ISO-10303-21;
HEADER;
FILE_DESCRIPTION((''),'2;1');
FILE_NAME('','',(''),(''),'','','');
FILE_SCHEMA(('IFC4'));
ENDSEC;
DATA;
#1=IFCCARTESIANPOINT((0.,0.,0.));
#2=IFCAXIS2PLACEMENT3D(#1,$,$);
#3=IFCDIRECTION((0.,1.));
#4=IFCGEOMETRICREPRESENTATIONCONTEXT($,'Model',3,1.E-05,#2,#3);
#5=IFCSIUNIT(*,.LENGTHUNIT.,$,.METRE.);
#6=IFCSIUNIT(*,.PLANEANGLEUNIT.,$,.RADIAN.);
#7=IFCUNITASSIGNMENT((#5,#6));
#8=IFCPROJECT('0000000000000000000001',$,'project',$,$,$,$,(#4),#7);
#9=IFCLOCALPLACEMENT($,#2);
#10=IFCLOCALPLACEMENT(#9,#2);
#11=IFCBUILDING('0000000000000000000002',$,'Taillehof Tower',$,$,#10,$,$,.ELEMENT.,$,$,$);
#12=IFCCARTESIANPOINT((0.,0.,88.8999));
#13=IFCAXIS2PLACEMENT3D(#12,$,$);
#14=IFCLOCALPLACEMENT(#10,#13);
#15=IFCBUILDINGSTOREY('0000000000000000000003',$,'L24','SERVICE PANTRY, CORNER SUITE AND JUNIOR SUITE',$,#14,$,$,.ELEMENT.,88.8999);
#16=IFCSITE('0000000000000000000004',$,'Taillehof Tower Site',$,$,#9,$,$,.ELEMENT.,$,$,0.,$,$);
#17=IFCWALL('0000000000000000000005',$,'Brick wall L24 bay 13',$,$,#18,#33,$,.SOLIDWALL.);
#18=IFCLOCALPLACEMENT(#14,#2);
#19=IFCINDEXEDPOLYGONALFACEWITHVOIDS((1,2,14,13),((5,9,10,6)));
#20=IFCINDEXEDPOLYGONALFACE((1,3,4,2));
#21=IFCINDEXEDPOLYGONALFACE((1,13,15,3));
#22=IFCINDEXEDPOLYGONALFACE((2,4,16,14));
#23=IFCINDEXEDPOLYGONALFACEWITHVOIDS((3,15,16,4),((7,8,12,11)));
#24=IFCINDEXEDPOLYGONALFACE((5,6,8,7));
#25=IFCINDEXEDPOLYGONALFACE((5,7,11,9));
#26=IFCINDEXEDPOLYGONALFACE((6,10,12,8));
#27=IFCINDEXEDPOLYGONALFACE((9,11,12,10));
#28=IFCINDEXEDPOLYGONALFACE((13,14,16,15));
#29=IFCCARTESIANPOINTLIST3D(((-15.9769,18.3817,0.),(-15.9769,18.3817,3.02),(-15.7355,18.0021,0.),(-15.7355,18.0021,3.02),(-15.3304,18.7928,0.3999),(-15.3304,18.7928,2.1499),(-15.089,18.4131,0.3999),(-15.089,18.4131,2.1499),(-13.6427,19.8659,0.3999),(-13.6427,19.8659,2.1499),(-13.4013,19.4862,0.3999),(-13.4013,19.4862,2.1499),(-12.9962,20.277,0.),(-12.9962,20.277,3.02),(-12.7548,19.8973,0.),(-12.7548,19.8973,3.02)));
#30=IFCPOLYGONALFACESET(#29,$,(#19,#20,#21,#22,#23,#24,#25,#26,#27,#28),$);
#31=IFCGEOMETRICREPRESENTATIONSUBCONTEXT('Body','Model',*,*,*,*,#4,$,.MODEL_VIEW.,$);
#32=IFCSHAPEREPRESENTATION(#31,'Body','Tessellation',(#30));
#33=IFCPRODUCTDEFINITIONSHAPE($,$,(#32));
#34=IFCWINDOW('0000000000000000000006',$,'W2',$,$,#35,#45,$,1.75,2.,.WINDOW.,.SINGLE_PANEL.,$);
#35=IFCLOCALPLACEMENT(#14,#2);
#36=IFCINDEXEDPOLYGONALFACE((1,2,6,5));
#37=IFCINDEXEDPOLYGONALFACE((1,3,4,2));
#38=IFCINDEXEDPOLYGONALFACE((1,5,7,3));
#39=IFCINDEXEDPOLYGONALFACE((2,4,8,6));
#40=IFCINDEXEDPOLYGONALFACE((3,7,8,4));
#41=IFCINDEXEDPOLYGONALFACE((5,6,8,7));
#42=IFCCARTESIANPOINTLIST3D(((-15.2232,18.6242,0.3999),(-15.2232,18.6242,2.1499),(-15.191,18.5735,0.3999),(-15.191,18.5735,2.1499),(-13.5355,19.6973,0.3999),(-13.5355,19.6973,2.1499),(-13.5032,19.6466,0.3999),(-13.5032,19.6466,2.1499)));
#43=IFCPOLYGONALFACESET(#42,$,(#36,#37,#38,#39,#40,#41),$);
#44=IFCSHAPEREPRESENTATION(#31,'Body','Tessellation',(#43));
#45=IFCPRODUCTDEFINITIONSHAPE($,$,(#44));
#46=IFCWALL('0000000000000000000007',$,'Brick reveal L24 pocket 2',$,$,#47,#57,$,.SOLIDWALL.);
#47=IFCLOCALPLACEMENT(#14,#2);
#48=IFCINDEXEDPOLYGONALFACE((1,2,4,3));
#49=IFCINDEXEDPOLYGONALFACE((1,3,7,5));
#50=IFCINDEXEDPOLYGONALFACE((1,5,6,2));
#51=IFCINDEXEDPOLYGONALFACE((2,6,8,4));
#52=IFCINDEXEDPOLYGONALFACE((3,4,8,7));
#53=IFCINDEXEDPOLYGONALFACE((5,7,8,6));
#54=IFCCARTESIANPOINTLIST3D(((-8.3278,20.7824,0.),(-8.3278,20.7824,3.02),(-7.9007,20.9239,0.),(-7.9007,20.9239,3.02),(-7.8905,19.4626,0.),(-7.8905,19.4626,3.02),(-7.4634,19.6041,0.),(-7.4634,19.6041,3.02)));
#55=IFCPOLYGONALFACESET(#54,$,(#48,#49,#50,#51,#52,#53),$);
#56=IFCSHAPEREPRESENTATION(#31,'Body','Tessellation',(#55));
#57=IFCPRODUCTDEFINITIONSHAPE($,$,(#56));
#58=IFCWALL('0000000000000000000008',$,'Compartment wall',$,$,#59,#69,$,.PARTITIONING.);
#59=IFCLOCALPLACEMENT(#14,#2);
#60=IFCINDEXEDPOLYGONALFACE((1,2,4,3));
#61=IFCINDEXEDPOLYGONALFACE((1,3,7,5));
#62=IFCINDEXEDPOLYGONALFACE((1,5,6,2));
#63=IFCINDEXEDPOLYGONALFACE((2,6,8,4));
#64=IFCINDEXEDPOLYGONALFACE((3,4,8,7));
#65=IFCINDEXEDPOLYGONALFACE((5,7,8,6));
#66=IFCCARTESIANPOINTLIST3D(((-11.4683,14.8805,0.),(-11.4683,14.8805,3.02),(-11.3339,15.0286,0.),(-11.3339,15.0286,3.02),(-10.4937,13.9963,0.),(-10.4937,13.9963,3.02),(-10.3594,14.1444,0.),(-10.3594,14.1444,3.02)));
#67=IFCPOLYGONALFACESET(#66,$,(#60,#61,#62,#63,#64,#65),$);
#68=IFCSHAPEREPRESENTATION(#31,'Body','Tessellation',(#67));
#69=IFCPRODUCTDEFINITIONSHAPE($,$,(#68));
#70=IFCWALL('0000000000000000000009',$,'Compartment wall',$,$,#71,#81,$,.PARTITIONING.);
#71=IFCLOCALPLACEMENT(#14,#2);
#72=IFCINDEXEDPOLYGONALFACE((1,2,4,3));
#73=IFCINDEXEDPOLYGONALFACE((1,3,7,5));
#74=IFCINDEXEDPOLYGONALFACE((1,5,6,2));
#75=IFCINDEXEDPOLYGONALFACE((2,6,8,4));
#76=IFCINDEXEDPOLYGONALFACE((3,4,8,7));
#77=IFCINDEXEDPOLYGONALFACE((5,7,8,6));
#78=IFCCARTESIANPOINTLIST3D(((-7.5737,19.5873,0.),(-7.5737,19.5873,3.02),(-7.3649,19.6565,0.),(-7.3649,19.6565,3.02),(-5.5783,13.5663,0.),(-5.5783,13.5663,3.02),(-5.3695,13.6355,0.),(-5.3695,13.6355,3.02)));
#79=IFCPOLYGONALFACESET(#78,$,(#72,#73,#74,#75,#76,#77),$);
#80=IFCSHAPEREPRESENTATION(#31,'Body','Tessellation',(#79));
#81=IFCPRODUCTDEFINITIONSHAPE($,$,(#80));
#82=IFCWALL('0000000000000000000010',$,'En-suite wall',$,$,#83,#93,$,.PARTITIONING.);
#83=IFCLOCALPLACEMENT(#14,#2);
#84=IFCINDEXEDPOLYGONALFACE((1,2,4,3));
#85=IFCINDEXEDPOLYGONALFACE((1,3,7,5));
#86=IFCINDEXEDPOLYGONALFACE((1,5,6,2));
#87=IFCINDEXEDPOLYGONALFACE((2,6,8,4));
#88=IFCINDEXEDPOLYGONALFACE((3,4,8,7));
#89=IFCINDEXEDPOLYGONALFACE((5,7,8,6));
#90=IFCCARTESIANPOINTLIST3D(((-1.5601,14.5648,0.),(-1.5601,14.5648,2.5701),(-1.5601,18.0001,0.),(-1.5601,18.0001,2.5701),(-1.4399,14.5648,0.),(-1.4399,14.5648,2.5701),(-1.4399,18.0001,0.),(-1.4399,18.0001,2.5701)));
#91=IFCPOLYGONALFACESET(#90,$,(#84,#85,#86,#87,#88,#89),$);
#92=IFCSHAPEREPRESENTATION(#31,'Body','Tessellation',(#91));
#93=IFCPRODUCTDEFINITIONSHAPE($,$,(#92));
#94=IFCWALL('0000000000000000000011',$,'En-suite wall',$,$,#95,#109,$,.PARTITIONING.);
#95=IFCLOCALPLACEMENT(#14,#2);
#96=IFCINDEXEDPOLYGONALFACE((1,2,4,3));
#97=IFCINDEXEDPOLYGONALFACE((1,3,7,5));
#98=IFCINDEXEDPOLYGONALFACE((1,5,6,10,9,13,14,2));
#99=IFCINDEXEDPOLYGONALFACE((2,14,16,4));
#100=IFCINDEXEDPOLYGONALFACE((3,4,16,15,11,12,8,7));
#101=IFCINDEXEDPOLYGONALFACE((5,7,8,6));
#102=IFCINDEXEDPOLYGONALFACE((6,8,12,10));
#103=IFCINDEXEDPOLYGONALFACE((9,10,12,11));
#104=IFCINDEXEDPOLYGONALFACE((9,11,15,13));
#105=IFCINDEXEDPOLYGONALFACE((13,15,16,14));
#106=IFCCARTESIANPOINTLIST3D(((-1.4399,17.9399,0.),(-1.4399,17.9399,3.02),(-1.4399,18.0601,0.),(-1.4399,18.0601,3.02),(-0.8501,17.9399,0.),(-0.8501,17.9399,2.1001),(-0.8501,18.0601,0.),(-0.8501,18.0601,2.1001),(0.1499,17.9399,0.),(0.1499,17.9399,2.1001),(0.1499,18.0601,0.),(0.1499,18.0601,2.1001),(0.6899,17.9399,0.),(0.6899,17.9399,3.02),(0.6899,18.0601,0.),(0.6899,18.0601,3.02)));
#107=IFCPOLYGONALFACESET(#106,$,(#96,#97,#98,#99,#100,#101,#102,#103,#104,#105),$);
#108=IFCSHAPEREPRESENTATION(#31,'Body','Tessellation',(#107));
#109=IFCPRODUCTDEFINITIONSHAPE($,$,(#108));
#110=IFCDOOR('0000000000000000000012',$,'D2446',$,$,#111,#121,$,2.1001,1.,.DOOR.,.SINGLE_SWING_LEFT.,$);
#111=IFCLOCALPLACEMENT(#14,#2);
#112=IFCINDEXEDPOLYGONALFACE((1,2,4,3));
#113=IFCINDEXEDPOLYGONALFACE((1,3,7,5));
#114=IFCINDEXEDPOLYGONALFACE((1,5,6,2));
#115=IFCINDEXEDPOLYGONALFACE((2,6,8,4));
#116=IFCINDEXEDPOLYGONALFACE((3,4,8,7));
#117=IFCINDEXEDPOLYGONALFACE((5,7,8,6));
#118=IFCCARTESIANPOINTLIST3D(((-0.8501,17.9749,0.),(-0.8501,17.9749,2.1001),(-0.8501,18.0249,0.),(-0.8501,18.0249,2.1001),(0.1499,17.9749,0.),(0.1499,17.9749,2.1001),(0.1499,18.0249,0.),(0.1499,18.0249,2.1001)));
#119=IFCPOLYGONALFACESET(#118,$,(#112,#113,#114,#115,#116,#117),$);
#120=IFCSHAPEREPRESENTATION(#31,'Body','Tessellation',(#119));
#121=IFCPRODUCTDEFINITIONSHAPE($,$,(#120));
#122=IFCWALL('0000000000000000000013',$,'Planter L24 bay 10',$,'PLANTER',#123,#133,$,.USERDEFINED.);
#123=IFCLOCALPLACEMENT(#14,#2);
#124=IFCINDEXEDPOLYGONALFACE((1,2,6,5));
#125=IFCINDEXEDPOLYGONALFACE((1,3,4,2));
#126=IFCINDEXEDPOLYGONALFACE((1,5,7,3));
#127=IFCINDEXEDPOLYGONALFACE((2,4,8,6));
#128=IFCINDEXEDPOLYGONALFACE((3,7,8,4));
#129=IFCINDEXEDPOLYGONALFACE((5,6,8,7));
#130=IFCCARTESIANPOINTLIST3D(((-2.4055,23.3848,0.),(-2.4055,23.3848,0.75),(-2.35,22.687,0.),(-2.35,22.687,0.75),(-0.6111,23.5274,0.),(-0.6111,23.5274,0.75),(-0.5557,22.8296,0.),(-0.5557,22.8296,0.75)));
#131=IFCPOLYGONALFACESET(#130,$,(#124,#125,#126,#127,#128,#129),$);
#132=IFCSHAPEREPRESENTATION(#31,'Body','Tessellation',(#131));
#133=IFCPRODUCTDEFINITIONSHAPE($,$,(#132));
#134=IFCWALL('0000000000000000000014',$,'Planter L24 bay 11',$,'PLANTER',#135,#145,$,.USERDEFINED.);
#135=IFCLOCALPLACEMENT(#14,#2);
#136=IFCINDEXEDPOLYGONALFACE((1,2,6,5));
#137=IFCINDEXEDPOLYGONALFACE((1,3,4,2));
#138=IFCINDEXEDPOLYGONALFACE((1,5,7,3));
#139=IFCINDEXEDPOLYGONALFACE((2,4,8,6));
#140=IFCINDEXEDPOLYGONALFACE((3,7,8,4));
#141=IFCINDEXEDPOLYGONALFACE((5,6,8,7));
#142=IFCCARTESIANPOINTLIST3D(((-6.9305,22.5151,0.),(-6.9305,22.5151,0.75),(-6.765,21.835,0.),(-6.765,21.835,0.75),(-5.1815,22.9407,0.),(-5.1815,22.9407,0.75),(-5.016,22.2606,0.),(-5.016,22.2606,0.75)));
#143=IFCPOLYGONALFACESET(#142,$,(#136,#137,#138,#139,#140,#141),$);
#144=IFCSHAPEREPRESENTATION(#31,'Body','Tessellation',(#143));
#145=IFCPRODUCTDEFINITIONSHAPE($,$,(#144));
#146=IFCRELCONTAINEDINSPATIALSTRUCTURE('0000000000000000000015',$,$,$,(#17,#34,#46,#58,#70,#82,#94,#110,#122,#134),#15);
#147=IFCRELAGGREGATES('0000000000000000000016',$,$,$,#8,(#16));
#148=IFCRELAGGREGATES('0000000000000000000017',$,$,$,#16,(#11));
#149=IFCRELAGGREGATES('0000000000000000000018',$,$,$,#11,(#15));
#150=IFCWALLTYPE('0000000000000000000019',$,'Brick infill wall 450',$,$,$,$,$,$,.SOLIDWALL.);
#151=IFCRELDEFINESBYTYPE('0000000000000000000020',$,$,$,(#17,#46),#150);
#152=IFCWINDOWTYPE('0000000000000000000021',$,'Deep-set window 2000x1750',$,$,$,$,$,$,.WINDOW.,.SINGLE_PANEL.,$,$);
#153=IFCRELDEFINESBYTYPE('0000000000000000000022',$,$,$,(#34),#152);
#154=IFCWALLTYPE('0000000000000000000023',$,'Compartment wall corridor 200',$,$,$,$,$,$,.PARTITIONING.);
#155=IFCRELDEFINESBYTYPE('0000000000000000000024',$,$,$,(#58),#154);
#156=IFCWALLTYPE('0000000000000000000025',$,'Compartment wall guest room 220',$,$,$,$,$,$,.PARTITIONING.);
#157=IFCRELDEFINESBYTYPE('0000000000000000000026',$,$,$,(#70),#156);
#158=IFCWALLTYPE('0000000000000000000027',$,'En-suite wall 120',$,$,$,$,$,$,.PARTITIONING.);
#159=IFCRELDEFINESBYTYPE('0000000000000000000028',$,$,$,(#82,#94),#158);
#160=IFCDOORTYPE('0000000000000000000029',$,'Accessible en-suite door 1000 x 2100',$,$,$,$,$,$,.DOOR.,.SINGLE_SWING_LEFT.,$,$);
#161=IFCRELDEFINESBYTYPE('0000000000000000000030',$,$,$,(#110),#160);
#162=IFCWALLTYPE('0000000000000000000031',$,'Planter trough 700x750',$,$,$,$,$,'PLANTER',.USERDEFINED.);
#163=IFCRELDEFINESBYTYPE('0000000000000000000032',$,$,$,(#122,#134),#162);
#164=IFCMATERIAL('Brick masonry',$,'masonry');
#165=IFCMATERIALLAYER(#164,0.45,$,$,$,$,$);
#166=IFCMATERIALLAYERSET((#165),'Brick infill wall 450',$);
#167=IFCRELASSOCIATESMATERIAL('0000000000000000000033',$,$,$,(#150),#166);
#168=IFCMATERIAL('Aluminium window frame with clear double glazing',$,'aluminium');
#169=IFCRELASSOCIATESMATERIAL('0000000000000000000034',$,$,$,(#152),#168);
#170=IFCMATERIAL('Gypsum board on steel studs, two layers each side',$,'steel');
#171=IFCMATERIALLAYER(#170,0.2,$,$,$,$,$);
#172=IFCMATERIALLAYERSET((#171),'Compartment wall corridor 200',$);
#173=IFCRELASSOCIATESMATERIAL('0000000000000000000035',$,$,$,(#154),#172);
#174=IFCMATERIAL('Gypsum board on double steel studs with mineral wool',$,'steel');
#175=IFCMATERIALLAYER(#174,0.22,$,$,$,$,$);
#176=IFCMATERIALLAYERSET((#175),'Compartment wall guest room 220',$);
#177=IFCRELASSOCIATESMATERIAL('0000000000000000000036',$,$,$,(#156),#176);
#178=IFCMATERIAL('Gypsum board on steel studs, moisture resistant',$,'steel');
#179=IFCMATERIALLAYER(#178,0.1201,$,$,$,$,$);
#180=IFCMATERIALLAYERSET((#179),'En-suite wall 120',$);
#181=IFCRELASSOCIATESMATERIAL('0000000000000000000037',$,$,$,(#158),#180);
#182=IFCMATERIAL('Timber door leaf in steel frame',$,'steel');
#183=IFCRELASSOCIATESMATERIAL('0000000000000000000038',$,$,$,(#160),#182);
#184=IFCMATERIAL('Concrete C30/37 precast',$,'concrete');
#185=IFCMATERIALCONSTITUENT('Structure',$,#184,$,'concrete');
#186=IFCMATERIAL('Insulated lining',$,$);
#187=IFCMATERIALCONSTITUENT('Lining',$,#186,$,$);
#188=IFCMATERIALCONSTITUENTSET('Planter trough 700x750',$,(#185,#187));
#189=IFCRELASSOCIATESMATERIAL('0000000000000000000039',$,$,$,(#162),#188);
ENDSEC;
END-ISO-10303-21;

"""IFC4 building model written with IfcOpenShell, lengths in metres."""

from ifc_helpers import new_model, si_unit, direction, frame, frame_2d, origin, place, context, subcontext, project, spatial, rectangle, extrude, material, layer, layer_set, constituent, constituent_set, type_object, element, fill, save


model = new_model("IFC4")

# Units and contexts
model_context = context("Model", 3, precision=1e-05, world=origin(), true_north=direction((0.0, 1.0)))
body_context = subcontext(model_context, "Body", "Model", "MODEL_VIEW")
ifc_project = project(units=[si_unit("LENGTHUNIT", "METRE"), si_unit("PLANEANGLEUNIT", "RADIAN")], contexts=[model_context])

# Site, building, storey
site_placement = place(None, origin())
site = spatial("IfcSite", under=ifc_project, at=site_placement, Name="Taillehof Tower Site", CompositionType="ELEMENT", RefElevation=0.0)
building_placement = place(site_placement, origin())
building = spatial("IfcBuilding", under=site, at=building_placement, Name="Taillehof Tower", CompositionType="ELEMENT")
storey_placement = place(building_placement, frame((0.0, 0.0, 88.8999)))
storey = spatial("IfcBuildingStorey", under=building, at=storey_placement, Name="L24", Description="SERVICE PANTRY, CORNER SUITE AND JUNIOR SUITE", CompositionType="ELEMENT", Elevation=88.8999)

# Wall, opening, window
ifc_material_1 = material(Name="Brick masonry", Category="masonry")
ifc_layer_1 = layer(ifc_material_1, 0.45)
ifc_layer_set_1 = layer_set([ifc_layer_1], Name="Brick infill wall 450")
wall_type_1 = type_object("IfcWallType", Name="Brick infill wall 450", PredefinedType="SOLIDWALL", material=ifc_layer_set_1)
ifc_material_2 = material(Name="Aluminium window frame with clear double glazing", Category="aluminium")
window_type_1 = type_object("IfcWindowType", Name="Deep-set window 2000x1750", PartitioningType="SINGLE_PANEL", PredefinedType="WINDOW", material=ifc_material_2)
wall_1_placement = place(storey_placement, frame((-12.8755, 20.0872, 0.0), z_axis=(0.0, 0.0, 1.0), x_axis=(-0.843861, -0.536562, 0.0)))
wall_1 = element("IfcWall", 1, at=wall_1_placement, inside=storey, type_object=wall_type_1, Name="Brick wall L24 bay 13", PredefinedType="SOLIDWALL", context=body_context, shape_type="SweptSolid", body=[
    extrude(rectangle(XDim=3.5322, YDim=0.45, at=frame_2d((1.7661, 0.0))), origin(), (0.0, 0.0, 1.0), 3.02),
])
opening_1_placement = place(wall_1_placement, frame((0.7661, 0.0, 0.3999)))
opening_1 = element("IfcOpeningElement", 2, at=opening_1_placement, cuts=wall_1, PredefinedType="OPENING", context=body_context, shape_type="SweptSolid", body=[
    extrude(rectangle(XDim=2.0, YDim=1.75, at=frame_2d((1.0, 0.875))), frame((0.0, 0.2349, 0.0), z_axis=(0.0, -1.0, 0.0), x_axis=(1.0, 0.0, 0.0)), (0.0, 0.0, 1.0), 0.47),
])
window_1_placement = place(opening_1_placement, origin())
window_1 = element("IfcWindow", 3, at=window_1_placement, inside=storey, type_object=window_type_1, Name="W2", OverallHeight=1.75, OverallWidth=2.0, PartitioningType="SINGLE_PANEL", PredefinedType="WINDOW", context=body_context, shape_type="SweptSolid", body=[
    extrude(rectangle(XDim=2.0, YDim=1.75, at=frame_2d((1.0, 0.875))), frame((0.0, 0.0349, 0.0), z_axis=(0.0, -1.0, 0.0), x_axis=(1.0, 0.0, 0.0)), (0.0, 0.0, 1.0), 0.0601),
])
fill(opening_1, window_1)

# Wall
wall_2_placement = place(storey_placement, frame((-8.1143, 20.8533, 0.0), z_axis=(0.0, 0.0, 1.0), x_axis=(0.314489, -0.949261, 0.0)))
element("IfcWall", 4, at=wall_2_placement, inside=storey, type_object=wall_type_1, Name="Brick reveal L24 pocket 2", PredefinedType="SOLIDWALL", context=body_context, shape_type="SweptSolid", body=[
    extrude(rectangle(XDim=1.3904, YDim=0.45, at=frame_2d((0.6953, 0.0))), origin(), (0.0, 0.0, 1.0), 3.02),
])

# Walls
ifc_material_3 = material(Name="Gypsum board on steel studs, two layers each side", Category="steel")
ifc_layer_2 = layer(ifc_material_3, 0.2)
ifc_layer_set_2 = layer_set([ifc_layer_2], Name="Compartment wall corridor 200")
wall_type_2 = type_object("IfcWallType", Name="Compartment wall corridor 200", PredefinedType="PARTITIONING", material=ifc_layer_set_2)
wall_3_placement = place(storey_placement, frame((-11.4011, 14.9546, 0.0), z_axis=(0.0, 0.0, 1.0), x_axis=(0.740594, -0.671952, 0.0)))
element("IfcWall", 5, at=wall_3_placement, inside=storey, type_object=wall_type_2, Name="Compartment wall", PredefinedType="PARTITIONING", context=body_context, shape_type="SweptSolid", body=[
    extrude(rectangle(XDim=1.3159, YDim=0.2, at=frame_2d((0.658, 0.0))), origin(), (0.0, 0.0, 1.0), 3.02),
])
ifc_material_4 = material(Name="Gypsum board on double steel studs with mineral wool", Category="steel")
ifc_layer_3 = layer(ifc_material_4, 0.22)
ifc_layer_set_3 = layer_set([ifc_layer_3], Name="Compartment wall guest room 220")
wall_type_3 = type_object("IfcWallType", Name="Compartment wall guest room 220", PredefinedType="PARTITIONING", material=ifc_layer_set_3)
wall_4_placement = place(storey_placement, frame((-7.4692, 19.6218, 0.0), z_axis=(0.0, 0.0, 1.0), x_axis=(0.314576, -0.949232, 0.0)))
element("IfcWall", 6, at=wall_4_placement, inside=storey, type_object=wall_type_3, Name="Compartment wall", PredefinedType="PARTITIONING", context=body_context, shape_type="SweptSolid", body=[
    extrude(rectangle(XDim=6.343, YDim=0.22, at=frame_2d((3.1714, 0.0))), origin(), (0.0, 0.0, 1.0), 3.02),
])
ifc_material_5 = material(Name="Gypsum board on steel studs, moisture resistant", Category="steel")
ifc_layer_4 = layer(ifc_material_5, 0.1201)
ifc_layer_set_4 = layer_set([ifc_layer_4], Name="En-suite wall 120")
wall_type_4 = type_object("IfcWallType", Name="En-suite wall 120", PredefinedType="PARTITIONING", material=ifc_layer_set_4)
wall_5_placement = place(storey_placement, frame((-1.5, 14.5647, 0.0), z_axis=(0.0, 0.0, 1.0), x_axis=(0.0, 1.0, 0.0)))
element("IfcWall", 7, at=wall_5_placement, inside=storey, type_object=wall_type_4, Name="En-suite wall", PredefinedType="PARTITIONING", context=body_context, shape_type="SweptSolid", body=[
    extrude(rectangle(XDim=3.4353, YDim=0.1201, at=frame_2d((1.7178, 0.0))), origin(), (0.0, 0.0, 1.0), 2.5701),
])

# Wall, opening, door
wall_6_placement = place(storey_placement, frame((-1.4399, 18.0, 0.0), z_axis=(0.0, 0.0, 1.0), x_axis=(1.0, 0.0, 0.0)))
wall_6 = element("IfcWall", 8, at=wall_6_placement, inside=storey, type_object=wall_type_4, Name="En-suite wall", PredefinedType="PARTITIONING", context=body_context, shape_type="SweptSolid", body=[
    extrude(rectangle(XDim=2.1299, YDim=0.1201, at=frame_2d((1.0649, 0.0))), origin(), (0.0, 0.0, 1.0), 3.02),
])
opening_2_placement = place(wall_6_placement, frame((0.5898, 0.0, 0.0)))
opening_2 = element("IfcOpeningElement", 9, at=opening_2_placement, cuts=wall_6, PredefinedType="OPENING", context=body_context, shape_type="SweptSolid", body=[
    extrude(rectangle(XDim=1.0, YDim=2.1001, at=frame_2d((0.5, 1.05))), frame((0.0, 0.0701, 0.0), z_axis=(0.0, -1.0, 0.0), x_axis=(1.0, 0.0, 0.0)), (0.0, 0.0, 1.0), 0.1401),
])
ifc_material_6 = material(Name="Timber door leaf in steel frame", Category="steel")
door_type_1 = type_object("IfcDoorType", Name="Accessible en-suite door 1000 x 2100", OperationType="SINGLE_SWING_LEFT", PredefinedType="DOOR", material=ifc_material_6)
door_1_placement = place(opening_2_placement, origin())
door_1 = element("IfcDoor", 10, at=door_1_placement, inside=storey, type_object=door_type_1, Name="D2446", OperationType="SINGLE_SWING_LEFT", OverallHeight=2.1001, OverallWidth=1.0, PredefinedType="DOOR", context=body_context, shape_type="SweptSolid", body=[
    extrude(rectangle(XDim=1.0, YDim=2.1001, at=frame_2d((0.5, 1.05))), frame((0.0, 0.0249, 0.0), z_axis=(0.0, -1.0, 0.0), x_axis=(1.0, 0.0, 0.0)), (0.0, 0.0, 1.0), 0.05),
])
fill(opening_2, door_1)

# Walls
ifc_material_7 = material(Name="Concrete C30/37 precast", Category="concrete")
ifc_constituent_1 = constituent(ifc_material_7, Name="Structure", Category="concrete")
ifc_material_8 = material(Name="Insulated lining")
ifc_constituent_2 = constituent(ifc_material_8, Name="Lining")
ifc_constituent_set = constituent_set(constituents=[ifc_constituent_1, ifc_constituent_2], Name="Planter trough 700x750")
wall_type_5 = type_object("IfcWallType", Name="Planter trough 700x750", ElementType="PLANTER", PredefinedType="USERDEFINED", material=ifc_constituent_set)
for number, where, z_axis, x_axis, name in (
    (11, (-0.5835, 23.1785, 0.0), (0.0, 0.0, 1.0), (-0.996858, -0.079206, 0.0), "Planter L24 bay 10"),
    (12, (-5.0989, 22.6006, 0.0), (0.0, 0.0, 1.0), (-0.971655, -0.236403, 0.0), "Planter L24 bay 11"),
):
    element("IfcWall", number, at=place(storey_placement, frame(where, z_axis=z_axis, x_axis=x_axis)), inside=storey, type_object=wall_type_5, Name=name, ObjectType="PLANTER", PredefinedType="USERDEFINED", context=body_context, shape_type="SweptSolid", body=[
        extrude(rectangle(XDim=1.8, YDim=0.7, at=frame_2d((0.8999, 0.0))), origin(), (0.0, 0.0, 1.0), 0.75),
    ])

save(model, "model.ifc")
